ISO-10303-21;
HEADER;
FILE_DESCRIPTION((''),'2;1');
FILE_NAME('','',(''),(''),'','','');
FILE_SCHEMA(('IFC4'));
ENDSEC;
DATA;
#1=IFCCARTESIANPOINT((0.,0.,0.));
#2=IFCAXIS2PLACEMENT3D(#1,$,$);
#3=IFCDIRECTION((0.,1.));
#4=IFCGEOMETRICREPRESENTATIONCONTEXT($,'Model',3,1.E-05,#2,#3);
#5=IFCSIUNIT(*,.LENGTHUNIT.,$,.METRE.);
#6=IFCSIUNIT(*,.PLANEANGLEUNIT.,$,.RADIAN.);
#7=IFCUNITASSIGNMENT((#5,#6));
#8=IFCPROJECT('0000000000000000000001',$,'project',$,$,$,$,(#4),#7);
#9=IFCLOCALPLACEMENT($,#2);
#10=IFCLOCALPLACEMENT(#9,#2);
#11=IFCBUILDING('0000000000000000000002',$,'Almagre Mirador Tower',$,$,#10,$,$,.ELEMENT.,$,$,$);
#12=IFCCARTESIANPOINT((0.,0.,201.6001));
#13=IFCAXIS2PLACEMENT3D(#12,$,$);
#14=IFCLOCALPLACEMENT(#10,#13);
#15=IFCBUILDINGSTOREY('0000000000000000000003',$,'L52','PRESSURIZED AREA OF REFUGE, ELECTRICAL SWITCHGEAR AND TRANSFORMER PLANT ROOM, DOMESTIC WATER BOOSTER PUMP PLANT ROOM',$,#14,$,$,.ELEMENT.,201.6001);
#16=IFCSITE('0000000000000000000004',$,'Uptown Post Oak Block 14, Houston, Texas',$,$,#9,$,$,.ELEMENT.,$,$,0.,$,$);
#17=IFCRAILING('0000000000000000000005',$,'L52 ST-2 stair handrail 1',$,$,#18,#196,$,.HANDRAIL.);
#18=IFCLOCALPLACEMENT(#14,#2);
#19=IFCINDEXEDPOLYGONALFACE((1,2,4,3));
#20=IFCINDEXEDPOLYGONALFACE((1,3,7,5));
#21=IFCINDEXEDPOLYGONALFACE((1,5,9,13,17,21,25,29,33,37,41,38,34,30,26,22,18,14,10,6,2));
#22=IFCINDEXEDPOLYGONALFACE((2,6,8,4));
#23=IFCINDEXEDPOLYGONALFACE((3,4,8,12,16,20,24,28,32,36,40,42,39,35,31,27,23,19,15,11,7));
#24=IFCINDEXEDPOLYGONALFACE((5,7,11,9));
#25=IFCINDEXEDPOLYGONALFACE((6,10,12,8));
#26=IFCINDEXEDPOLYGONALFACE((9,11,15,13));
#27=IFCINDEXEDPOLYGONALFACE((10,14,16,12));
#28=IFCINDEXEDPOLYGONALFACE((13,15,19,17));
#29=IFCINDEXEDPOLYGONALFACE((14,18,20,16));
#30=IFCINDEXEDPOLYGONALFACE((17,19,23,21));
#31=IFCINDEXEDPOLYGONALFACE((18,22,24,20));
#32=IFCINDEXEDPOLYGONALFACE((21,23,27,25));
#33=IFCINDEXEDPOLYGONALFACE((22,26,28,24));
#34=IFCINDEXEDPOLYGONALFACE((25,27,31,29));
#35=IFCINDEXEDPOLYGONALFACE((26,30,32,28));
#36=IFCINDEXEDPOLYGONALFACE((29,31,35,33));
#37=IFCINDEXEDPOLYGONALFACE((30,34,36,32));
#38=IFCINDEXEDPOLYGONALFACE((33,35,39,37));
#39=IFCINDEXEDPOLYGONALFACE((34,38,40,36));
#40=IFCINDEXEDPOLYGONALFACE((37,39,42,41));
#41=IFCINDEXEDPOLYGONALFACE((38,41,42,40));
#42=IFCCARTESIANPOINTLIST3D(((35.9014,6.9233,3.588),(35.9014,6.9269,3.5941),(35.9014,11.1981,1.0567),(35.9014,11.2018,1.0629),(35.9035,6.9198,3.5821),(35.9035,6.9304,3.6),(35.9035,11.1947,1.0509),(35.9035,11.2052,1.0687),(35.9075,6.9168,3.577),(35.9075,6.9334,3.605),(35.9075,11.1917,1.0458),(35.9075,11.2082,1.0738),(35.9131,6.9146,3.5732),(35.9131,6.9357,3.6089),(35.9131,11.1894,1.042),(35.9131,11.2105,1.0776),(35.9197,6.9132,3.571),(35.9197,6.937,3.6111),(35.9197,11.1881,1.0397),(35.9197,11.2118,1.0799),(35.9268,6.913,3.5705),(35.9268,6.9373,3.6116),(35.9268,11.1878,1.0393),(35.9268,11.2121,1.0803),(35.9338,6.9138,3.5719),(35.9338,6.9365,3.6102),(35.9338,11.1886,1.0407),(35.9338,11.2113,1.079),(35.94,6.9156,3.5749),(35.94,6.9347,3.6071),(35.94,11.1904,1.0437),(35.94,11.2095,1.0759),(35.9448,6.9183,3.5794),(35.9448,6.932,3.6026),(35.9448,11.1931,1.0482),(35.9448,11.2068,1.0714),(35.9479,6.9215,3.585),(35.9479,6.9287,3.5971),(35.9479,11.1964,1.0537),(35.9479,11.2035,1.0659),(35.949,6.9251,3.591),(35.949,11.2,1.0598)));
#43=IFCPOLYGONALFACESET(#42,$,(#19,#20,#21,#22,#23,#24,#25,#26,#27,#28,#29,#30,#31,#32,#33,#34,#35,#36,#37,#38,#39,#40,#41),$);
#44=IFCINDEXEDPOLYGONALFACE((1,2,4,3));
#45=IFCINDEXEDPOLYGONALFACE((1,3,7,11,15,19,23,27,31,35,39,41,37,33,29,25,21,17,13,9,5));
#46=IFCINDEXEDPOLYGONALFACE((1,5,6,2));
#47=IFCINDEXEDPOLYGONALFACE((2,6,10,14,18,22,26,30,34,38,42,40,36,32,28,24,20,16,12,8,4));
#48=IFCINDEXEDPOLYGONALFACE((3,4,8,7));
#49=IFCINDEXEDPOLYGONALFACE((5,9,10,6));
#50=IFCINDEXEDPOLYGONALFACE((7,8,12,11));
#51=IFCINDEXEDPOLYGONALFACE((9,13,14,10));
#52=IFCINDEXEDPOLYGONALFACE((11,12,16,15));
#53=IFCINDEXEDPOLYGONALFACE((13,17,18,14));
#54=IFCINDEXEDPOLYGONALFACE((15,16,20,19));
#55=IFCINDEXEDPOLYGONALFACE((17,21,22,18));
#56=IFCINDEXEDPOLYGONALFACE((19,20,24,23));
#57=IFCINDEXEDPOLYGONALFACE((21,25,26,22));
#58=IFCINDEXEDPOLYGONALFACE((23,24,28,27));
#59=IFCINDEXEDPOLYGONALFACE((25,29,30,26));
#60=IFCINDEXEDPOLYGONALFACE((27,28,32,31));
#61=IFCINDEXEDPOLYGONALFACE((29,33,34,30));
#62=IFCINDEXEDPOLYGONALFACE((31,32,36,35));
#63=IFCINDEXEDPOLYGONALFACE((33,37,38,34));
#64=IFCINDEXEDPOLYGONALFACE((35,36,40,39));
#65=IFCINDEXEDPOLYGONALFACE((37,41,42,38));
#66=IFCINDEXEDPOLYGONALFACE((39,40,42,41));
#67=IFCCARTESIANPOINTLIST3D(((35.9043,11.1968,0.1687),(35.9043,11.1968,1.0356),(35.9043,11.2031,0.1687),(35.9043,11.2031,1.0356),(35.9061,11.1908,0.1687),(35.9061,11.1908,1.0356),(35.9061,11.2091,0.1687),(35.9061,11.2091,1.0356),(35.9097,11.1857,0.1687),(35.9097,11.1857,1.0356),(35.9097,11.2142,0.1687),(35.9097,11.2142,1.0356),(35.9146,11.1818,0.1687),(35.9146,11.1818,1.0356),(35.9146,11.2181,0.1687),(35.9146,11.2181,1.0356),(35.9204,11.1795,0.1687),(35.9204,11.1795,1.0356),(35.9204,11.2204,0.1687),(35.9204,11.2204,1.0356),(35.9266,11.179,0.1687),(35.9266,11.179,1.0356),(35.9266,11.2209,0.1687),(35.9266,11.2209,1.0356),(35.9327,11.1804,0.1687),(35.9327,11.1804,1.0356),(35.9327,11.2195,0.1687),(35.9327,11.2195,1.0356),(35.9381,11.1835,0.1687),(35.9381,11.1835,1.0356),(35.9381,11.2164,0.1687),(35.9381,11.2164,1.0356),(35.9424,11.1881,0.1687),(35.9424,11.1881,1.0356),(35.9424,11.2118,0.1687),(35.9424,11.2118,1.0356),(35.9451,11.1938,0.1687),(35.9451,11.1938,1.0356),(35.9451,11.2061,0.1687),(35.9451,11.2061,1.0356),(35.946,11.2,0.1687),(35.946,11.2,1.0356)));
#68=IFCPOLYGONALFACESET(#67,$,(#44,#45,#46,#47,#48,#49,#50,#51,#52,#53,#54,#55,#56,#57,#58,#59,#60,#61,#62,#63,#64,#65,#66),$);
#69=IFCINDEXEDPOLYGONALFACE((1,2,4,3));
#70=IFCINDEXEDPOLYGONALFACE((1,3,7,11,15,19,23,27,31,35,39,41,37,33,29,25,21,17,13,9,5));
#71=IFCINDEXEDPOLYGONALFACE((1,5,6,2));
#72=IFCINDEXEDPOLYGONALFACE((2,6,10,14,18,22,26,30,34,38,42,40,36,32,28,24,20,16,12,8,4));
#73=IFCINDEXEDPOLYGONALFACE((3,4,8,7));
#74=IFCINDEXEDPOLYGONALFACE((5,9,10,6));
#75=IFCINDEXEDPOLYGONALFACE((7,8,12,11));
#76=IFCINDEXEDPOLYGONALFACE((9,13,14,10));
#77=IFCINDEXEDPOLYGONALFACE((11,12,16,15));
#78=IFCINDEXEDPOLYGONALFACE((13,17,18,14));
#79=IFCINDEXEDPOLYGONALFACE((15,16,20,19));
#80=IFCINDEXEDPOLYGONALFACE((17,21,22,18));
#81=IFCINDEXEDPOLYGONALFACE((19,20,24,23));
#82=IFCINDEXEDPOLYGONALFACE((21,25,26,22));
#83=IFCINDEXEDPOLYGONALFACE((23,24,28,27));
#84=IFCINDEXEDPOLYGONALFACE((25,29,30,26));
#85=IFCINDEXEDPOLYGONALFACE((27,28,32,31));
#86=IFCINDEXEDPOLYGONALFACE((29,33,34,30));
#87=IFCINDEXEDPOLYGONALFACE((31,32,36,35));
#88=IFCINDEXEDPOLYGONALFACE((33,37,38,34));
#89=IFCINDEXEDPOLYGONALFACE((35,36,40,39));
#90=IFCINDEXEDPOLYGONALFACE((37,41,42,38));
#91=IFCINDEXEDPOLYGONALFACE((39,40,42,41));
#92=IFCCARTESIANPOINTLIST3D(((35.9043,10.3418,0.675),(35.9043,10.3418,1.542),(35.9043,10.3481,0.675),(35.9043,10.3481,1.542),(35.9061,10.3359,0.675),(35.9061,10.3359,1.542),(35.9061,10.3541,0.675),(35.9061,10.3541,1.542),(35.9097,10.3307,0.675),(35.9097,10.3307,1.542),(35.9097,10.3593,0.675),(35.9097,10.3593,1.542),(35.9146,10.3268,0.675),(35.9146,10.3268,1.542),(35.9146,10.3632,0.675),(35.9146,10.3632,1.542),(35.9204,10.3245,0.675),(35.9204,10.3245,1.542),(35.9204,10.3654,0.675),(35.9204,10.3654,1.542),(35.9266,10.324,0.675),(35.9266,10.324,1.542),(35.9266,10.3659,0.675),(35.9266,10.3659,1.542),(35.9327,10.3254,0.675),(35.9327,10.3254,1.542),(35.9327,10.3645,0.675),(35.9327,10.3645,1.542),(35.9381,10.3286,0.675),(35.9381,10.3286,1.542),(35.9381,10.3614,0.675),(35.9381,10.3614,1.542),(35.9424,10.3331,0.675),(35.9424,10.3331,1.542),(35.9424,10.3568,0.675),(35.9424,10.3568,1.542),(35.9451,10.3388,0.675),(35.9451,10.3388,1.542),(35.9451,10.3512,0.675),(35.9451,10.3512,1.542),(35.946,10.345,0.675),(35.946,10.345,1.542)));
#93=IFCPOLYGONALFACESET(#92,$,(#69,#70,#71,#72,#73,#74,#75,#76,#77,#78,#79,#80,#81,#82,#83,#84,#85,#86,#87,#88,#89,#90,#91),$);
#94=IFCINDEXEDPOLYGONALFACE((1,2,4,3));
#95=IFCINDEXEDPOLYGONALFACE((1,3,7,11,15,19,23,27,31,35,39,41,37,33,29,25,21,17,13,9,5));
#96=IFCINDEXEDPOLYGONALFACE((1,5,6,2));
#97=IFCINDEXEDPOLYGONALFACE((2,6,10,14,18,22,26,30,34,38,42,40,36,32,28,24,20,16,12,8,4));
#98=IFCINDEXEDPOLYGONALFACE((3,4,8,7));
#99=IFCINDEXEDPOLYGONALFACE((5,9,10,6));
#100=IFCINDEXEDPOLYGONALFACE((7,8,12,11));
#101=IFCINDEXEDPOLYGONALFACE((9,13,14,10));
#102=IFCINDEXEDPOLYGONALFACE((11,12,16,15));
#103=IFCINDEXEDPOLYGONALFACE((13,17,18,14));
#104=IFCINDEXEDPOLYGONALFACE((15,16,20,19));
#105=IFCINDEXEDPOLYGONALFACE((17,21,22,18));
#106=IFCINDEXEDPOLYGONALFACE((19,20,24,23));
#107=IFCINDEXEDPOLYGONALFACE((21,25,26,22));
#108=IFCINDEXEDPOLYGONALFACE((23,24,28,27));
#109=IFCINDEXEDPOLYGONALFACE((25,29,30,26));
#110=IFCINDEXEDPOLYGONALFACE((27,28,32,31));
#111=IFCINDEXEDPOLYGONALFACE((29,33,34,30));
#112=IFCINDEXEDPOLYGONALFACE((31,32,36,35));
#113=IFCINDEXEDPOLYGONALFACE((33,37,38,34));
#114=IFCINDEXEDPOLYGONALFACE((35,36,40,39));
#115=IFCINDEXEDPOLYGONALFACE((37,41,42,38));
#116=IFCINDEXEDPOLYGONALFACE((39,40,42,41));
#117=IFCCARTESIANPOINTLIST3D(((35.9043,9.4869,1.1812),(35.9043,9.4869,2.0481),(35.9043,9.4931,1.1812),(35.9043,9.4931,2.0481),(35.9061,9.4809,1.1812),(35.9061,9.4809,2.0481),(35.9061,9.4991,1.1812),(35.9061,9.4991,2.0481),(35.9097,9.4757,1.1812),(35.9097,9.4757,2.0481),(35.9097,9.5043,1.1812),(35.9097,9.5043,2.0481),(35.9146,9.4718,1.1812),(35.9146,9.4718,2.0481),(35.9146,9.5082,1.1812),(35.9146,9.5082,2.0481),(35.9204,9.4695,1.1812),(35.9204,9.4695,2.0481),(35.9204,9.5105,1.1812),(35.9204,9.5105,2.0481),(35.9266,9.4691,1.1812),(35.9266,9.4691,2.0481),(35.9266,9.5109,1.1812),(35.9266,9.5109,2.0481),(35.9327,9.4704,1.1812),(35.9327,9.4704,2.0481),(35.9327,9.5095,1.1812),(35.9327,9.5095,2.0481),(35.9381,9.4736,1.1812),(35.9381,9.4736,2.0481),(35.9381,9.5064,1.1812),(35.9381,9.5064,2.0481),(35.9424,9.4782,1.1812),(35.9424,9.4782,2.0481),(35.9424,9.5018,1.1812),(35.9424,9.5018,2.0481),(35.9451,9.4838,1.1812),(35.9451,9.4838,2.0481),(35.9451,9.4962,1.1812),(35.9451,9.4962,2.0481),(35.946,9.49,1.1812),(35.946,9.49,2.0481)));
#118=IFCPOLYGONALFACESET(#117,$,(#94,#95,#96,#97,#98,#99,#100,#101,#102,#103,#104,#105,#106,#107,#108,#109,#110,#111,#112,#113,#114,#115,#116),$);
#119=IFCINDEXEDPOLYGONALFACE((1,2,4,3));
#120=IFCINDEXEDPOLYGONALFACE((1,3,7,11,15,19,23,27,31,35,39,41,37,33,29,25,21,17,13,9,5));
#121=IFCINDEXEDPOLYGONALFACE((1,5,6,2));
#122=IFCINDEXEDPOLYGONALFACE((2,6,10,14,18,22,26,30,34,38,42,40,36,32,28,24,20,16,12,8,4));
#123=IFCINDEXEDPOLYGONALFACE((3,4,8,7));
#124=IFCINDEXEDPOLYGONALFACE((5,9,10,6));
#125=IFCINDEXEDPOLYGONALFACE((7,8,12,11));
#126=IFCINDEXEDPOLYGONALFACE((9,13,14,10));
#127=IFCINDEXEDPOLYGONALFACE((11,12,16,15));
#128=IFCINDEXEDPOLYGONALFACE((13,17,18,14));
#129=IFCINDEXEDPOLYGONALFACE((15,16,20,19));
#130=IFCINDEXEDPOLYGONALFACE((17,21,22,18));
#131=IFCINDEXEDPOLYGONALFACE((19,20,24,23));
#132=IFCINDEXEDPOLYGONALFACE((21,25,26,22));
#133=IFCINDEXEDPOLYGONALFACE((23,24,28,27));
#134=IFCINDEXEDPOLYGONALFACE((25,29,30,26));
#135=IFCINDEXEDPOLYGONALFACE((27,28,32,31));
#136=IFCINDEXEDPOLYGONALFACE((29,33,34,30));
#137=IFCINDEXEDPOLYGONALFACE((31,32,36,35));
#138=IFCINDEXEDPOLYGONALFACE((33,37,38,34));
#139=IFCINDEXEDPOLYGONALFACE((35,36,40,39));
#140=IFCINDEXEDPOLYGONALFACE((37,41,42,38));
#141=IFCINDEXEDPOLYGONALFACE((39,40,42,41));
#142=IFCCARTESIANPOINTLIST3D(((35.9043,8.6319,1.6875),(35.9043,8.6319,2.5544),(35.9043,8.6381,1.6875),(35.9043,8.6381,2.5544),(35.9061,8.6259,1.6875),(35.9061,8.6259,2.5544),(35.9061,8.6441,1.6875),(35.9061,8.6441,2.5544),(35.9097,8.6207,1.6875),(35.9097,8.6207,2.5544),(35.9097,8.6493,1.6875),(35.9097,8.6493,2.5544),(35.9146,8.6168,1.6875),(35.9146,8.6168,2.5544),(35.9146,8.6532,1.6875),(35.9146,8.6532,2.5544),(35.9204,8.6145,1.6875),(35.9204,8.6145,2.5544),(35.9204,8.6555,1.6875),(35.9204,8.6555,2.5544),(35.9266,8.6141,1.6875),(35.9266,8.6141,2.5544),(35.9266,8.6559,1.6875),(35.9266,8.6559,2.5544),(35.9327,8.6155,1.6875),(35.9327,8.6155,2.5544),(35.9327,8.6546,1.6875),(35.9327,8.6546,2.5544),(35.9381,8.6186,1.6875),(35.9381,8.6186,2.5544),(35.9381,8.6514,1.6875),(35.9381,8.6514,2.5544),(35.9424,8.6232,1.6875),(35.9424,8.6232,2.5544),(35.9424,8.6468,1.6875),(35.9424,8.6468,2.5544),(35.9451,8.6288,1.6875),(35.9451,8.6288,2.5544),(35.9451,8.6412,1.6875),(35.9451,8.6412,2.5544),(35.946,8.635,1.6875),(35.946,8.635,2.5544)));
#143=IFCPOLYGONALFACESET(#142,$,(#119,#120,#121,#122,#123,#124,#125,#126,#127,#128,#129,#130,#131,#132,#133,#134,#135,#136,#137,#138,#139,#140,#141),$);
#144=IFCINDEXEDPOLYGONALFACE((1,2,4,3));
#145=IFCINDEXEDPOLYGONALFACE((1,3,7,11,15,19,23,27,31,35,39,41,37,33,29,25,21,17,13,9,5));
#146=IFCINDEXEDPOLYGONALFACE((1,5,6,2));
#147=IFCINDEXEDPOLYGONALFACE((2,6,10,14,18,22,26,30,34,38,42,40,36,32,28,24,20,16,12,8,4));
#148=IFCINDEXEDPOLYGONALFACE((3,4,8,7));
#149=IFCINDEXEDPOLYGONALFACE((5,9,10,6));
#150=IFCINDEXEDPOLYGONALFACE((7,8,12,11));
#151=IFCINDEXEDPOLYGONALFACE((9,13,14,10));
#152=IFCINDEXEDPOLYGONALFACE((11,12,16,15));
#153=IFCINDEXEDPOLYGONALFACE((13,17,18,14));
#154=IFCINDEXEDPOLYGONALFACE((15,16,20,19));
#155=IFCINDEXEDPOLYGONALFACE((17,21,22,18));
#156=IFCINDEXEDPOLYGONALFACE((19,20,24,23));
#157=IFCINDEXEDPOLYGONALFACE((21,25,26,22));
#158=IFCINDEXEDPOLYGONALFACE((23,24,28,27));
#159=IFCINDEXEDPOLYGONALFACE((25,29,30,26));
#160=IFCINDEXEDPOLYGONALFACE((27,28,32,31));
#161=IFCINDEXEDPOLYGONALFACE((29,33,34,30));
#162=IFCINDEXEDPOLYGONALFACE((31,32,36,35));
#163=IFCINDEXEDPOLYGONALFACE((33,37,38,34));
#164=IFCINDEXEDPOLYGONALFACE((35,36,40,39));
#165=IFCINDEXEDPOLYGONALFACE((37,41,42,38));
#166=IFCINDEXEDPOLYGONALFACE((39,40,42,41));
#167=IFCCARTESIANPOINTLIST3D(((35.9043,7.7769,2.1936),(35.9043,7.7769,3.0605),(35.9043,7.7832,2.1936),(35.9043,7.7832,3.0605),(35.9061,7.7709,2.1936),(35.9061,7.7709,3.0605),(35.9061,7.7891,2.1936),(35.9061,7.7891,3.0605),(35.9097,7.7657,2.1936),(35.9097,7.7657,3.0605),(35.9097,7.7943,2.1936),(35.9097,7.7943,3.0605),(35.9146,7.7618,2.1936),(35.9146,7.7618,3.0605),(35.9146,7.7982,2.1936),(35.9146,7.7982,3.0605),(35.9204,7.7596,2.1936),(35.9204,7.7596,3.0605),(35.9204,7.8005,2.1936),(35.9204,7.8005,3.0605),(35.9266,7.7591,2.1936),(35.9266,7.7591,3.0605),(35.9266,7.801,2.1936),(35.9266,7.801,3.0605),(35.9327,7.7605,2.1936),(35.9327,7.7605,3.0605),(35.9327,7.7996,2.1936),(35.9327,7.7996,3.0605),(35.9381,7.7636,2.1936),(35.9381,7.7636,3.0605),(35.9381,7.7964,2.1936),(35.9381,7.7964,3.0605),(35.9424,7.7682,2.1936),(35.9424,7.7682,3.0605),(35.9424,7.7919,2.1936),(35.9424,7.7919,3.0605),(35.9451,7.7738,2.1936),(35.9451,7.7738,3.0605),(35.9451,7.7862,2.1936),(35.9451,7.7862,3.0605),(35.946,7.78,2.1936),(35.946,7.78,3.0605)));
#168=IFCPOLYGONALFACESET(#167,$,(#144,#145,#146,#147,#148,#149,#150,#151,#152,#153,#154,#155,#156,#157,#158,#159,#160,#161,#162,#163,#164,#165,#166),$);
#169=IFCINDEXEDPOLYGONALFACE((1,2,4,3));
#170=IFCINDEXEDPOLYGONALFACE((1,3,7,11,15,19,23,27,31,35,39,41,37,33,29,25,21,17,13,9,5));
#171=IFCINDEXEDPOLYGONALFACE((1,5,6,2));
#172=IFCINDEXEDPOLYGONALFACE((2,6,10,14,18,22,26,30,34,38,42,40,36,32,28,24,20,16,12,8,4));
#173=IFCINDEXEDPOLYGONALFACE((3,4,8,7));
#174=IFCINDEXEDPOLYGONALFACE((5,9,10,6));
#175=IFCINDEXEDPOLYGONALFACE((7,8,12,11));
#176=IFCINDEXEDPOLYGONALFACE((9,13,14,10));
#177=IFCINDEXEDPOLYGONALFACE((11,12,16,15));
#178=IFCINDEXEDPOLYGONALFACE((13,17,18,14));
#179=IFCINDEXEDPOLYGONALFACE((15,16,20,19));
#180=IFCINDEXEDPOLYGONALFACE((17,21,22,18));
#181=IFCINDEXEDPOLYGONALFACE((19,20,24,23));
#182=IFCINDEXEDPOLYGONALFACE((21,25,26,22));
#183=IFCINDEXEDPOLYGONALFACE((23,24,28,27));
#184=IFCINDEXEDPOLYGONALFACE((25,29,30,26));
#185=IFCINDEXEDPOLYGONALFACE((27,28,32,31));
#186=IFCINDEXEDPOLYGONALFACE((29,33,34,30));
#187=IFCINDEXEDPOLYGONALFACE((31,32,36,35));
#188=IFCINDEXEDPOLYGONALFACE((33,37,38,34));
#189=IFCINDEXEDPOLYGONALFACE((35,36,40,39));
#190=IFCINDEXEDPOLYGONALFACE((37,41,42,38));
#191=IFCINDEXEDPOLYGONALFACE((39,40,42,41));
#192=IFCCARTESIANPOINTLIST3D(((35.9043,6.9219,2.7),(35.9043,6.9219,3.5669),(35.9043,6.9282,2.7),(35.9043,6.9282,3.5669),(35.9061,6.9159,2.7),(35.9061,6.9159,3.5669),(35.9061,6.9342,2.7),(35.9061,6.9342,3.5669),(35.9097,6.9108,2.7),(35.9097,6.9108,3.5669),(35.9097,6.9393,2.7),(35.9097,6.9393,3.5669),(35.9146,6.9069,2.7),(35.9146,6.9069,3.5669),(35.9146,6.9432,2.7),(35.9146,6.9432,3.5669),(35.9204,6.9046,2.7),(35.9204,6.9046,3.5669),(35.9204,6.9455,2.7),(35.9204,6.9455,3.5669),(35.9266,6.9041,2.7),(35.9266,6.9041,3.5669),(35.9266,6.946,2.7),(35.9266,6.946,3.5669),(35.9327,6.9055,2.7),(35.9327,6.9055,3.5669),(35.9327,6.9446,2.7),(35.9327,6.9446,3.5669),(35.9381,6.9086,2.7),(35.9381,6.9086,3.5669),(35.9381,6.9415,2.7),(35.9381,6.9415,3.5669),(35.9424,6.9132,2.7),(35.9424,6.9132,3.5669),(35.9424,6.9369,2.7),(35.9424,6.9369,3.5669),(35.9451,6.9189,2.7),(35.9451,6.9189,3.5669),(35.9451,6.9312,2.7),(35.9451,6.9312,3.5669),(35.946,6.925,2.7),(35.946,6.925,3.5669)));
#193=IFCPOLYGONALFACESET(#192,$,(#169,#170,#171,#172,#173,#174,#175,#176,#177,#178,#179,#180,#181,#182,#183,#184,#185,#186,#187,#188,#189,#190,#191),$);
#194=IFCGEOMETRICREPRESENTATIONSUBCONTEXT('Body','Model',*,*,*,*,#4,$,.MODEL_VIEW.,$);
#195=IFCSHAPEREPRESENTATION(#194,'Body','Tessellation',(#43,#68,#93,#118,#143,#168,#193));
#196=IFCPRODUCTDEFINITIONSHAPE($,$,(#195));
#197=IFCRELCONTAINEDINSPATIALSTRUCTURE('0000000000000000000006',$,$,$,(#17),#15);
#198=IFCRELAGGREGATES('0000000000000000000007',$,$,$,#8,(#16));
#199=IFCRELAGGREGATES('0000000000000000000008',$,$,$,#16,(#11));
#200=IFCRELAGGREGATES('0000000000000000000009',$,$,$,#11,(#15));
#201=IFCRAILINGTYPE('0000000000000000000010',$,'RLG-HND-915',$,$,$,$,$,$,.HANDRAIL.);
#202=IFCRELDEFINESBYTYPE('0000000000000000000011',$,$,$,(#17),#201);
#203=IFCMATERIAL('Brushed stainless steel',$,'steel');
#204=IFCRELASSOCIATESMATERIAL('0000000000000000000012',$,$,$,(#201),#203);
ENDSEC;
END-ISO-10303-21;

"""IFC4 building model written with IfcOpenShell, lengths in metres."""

from ifc_helpers import new_model, si_unit, direction, frame, origin, origin_2d, place, context, subcontext, project, spatial, circle, extrude, material, type_object, element, save


model = new_model("IFC4")

# Units and contexts
model_context = context("Model", 3, precision=1e-05, world=origin(), true_north=direction((0.0, 1.0)))
body_context = subcontext(model_context, "Body", "Model", "MODEL_VIEW")
ifc_project = project(units=[si_unit("LENGTHUNIT", "METRE"), si_unit("PLANEANGLEUNIT", "RADIAN")], contexts=[model_context])

# Site, building, storey
site_placement = place(None, origin())
site = spatial("IfcSite", under=ifc_project, at=site_placement, Name="Uptown Post Oak Block 14, Houston, Texas", CompositionType="ELEMENT", RefElevation=0.0)
building_placement = place(site_placement, origin())
building = spatial("IfcBuilding", under=site, at=building_placement, Name="Almagre Mirador Tower", CompositionType="ELEMENT")
storey_placement = place(building_placement, frame((0.0, 0.0, 201.6001)))
storey = spatial("IfcBuildingStorey", under=building, at=storey_placement, Name="L52", Description="PRESSURIZED AREA OF REFUGE, ELECTRICAL SWITCHGEAR AND TRANSFORMER PLANT ROOM, DOMESTIC WATER BOOSTER PUMP PLANT ROOM", CompositionType="ELEMENT", Elevation=201.6001)

# Railing
ifc_material_1 = material(Name="Brushed stainless steel", Category="steel")
railing_type_1 = type_object("IfcRailingType", Name="RLG-HND-915", PredefinedType="HANDRAIL", material=ifc_material_1)
railing_1_placement = place(storey_placement, frame((35.925, 11.2, 0.1687)))
element("IfcRailing", 1, at=railing_1_placement, inside=storey, type_object=railing_type_1, Name="L52 ST-2 stair handrail 1", PredefinedType="HANDRAIL", context=body_context, shape_type="SweptSolid", body=[
    extrude(circle(Radius=0.0239, at=origin_2d()), frame((0.0, 0.0, 0.8911), z_axis=(0.0, -0.86047, 0.509501), x_axis=(1.0, 0.0, 0.0)), (0.0, 0.0, 1.0), 4.968),
    extrude(circle(Radius=0.021, at=origin_2d()), origin(), (0.0, 0.0, 1.0), 0.8669),
    extrude(circle(Radius=0.021, at=origin_2d()), frame((0.0, -0.855, 0.5063)), (0.0, 0.0, 1.0), 0.8669),
    extrude(circle(Radius=0.021, at=origin_2d()), frame((0.0, -1.71, 1.0125)), (0.0, 0.0, 1.0), 0.8669),
    extrude(circle(Radius=0.021, at=origin_2d()), frame((0.0, -2.5649, 1.5188)), (0.0, 0.0, 1.0), 0.8669),
    extrude(circle(Radius=0.021, at=origin_2d()), frame((0.0, -3.4199, 2.0249)), (0.0, 0.0, 1.0), 0.8669),
    extrude(circle(Radius=0.021, at=origin_2d()), frame((0.0, -4.2749, 2.5312)), (0.0, 0.0, 1.0), 0.8669),
])

save(model, "model.ifc")
